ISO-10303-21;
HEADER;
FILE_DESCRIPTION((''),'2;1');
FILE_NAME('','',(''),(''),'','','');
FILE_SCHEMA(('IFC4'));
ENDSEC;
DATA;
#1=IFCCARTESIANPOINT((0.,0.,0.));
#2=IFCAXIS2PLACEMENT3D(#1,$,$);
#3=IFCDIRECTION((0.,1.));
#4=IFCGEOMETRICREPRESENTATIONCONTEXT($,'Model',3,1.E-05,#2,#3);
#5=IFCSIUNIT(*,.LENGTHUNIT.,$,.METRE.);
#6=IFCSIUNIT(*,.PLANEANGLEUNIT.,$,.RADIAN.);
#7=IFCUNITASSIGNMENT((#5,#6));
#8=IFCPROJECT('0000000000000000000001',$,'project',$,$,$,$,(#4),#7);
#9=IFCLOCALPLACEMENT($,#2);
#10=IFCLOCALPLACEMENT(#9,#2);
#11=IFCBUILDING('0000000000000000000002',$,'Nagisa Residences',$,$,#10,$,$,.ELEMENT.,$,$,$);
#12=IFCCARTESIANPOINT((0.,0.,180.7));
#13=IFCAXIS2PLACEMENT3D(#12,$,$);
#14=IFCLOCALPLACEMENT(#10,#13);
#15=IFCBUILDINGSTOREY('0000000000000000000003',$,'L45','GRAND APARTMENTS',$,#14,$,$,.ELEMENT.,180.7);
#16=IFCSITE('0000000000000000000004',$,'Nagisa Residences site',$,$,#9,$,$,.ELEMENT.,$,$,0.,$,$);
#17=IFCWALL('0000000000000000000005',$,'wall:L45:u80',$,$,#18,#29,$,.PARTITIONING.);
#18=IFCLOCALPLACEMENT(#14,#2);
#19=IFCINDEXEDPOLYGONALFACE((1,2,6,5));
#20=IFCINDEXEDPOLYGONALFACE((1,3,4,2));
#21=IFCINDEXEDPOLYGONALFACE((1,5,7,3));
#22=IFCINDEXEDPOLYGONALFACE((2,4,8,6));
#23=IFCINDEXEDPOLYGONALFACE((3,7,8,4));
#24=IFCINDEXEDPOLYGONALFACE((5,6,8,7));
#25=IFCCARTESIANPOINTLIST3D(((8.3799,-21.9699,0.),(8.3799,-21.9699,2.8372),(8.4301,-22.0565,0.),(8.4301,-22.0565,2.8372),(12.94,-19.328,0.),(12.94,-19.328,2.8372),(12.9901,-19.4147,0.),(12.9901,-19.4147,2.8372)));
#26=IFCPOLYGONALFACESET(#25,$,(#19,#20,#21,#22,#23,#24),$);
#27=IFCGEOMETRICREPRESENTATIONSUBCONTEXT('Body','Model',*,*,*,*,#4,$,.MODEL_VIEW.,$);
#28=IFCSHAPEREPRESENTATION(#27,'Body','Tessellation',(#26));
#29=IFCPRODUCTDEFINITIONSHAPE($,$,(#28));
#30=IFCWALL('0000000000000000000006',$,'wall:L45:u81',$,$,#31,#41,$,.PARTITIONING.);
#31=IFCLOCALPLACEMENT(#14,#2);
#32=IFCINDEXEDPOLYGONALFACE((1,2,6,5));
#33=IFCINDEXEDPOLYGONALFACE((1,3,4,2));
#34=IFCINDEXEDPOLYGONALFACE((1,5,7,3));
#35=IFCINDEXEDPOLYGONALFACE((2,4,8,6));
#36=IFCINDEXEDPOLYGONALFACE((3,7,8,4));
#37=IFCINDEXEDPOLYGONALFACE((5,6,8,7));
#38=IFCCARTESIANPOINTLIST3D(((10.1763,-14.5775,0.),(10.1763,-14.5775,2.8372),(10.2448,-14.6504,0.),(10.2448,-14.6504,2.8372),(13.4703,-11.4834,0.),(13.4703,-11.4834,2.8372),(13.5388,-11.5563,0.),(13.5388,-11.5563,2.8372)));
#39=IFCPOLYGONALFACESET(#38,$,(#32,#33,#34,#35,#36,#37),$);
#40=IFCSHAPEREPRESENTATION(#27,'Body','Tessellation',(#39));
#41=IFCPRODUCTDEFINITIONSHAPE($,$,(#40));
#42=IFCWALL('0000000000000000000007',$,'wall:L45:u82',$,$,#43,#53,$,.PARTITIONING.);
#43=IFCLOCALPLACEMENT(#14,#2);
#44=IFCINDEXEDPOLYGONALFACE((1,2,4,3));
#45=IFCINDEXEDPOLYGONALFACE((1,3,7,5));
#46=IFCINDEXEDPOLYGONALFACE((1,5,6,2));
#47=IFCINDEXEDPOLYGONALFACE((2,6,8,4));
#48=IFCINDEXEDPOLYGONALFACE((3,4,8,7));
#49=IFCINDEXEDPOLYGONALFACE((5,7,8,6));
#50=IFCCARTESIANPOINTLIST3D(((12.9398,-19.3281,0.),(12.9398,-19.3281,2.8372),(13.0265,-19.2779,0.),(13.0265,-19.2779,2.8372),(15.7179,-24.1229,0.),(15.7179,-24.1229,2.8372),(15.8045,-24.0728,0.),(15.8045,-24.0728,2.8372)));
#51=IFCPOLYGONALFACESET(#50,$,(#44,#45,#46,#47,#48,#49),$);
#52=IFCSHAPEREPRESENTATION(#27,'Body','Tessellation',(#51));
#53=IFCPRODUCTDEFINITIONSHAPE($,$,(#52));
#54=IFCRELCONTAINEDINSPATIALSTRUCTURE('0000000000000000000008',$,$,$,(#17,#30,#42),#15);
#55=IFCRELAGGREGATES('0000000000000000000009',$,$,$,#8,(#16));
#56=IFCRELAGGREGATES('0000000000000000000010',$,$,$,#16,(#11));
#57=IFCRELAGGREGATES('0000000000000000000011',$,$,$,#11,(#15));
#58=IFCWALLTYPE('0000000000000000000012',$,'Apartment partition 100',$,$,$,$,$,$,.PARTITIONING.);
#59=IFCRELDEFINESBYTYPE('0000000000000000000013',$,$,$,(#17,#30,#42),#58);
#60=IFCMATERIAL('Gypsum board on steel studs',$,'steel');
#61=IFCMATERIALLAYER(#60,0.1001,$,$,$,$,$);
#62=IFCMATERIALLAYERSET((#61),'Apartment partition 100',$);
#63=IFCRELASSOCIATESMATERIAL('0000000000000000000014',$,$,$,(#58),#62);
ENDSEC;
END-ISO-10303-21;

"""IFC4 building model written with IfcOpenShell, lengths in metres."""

from ifc_helpers import new_model, si_unit, direction, frame, frame_2d, origin, place, context, subcontext, project, spatial, rectangle, extrude, material, layer, layer_set, type_object, element, save


model = new_model("IFC4")

# Units and contexts
model_context = context("Model", 3, precision=1e-05, world=origin(), true_north=direction((0.0, 1.0)))
body_context = subcontext(model_context, "Body", "Model", "MODEL_VIEW")
ifc_project = project(units=[si_unit("LENGTHUNIT", "METRE"), si_unit("PLANEANGLEUNIT", "RADIAN")], contexts=[model_context])

# Site, building, storey
site_placement = place(None, origin())
site = spatial("IfcSite", under=ifc_project, at=site_placement, Name="Nagisa Residences site", CompositionType="ELEMENT", RefElevation=0.0)
building_placement = place(site_placement, origin())
building = spatial("IfcBuilding", under=site, at=building_placement, Name="Nagisa Residences", CompositionType="ELEMENT")
storey_placement = place(building_placement, frame((0.0, 0.0, 180.7)))
storey = spatial("IfcBuildingStorey", under=building, at=storey_placement, Name="L45", Description="GRAND APARTMENTS", CompositionType="ELEMENT", Elevation=180.7)

# Shared definitions
ifc_material_1 = material(Name="Gypsum board on steel studs", Category="steel")
ifc_layer_1 = layer(ifc_material_1, 0.1001)
ifc_layer_set_1 = layer_set([ifc_layer_1], Name="Apartment partition 100")
wall_type_1 = type_object("IfcWallType", Name="Apartment partition 100", PredefinedType="PARTITIONING", material=ifc_layer_set_1)

# Walls
wall_1_placement = place(storey_placement, frame((8.405, -22.0132, 0.0), z_axis=(0.0, 0.0, 1.0), x_axis=(0.865277, 0.501294, 0.0)))
element("IfcWall", 1, at=wall_1_placement, inside=storey, type_object=wall_type_1, Name="wall:L45:u80", PredefinedType="PARTITIONING", context=body_context, shape_type="SweptSolid", body=[
    extrude(rectangle(XDim=5.27, YDim=0.1001, at=frame_2d((2.635, 0.0))), origin(), (0.0, 0.0, 1.0), 2.8372),
])
wall_2_placement = place(storey_placement, frame((10.2104, -14.614, 0.0), z_axis=(0.0, 0.0, 1.0), x_axis=(0.728883, 0.684638, 0.0)))
element("IfcWall", 2, at=wall_2_placement, inside=storey, type_object=wall_type_1, Name="wall:L45:u81", PredefinedType="PARTITIONING", context=body_context, shape_type="SweptSolid", body=[
    extrude(rectangle(XDim=4.5193, YDim=0.1001, at=frame_2d((2.2598, 0.0))), origin(), (0.0, 0.0, 1.0), 2.8372),
])
wall_3_placement = place(storey_placement, frame((12.9832, -19.303, 0.0), z_axis=(0.0, 0.0, 1.0), x_axis=(0.501316, -0.865264, 0.0)))
element("IfcWall", 3, at=wall_3_placement, inside=storey, type_object=wall_type_1, Name="wall:L45:u82", PredefinedType="PARTITIONING", context=body_context, shape_type="SweptSolid", body=[
    extrude(rectangle(XDim=5.5415, YDim=0.1001, at=frame_2d((2.7708, 0.0))), origin(), (0.0, 0.0, 1.0), 2.8372),
])

save(model, "model.ifc")
